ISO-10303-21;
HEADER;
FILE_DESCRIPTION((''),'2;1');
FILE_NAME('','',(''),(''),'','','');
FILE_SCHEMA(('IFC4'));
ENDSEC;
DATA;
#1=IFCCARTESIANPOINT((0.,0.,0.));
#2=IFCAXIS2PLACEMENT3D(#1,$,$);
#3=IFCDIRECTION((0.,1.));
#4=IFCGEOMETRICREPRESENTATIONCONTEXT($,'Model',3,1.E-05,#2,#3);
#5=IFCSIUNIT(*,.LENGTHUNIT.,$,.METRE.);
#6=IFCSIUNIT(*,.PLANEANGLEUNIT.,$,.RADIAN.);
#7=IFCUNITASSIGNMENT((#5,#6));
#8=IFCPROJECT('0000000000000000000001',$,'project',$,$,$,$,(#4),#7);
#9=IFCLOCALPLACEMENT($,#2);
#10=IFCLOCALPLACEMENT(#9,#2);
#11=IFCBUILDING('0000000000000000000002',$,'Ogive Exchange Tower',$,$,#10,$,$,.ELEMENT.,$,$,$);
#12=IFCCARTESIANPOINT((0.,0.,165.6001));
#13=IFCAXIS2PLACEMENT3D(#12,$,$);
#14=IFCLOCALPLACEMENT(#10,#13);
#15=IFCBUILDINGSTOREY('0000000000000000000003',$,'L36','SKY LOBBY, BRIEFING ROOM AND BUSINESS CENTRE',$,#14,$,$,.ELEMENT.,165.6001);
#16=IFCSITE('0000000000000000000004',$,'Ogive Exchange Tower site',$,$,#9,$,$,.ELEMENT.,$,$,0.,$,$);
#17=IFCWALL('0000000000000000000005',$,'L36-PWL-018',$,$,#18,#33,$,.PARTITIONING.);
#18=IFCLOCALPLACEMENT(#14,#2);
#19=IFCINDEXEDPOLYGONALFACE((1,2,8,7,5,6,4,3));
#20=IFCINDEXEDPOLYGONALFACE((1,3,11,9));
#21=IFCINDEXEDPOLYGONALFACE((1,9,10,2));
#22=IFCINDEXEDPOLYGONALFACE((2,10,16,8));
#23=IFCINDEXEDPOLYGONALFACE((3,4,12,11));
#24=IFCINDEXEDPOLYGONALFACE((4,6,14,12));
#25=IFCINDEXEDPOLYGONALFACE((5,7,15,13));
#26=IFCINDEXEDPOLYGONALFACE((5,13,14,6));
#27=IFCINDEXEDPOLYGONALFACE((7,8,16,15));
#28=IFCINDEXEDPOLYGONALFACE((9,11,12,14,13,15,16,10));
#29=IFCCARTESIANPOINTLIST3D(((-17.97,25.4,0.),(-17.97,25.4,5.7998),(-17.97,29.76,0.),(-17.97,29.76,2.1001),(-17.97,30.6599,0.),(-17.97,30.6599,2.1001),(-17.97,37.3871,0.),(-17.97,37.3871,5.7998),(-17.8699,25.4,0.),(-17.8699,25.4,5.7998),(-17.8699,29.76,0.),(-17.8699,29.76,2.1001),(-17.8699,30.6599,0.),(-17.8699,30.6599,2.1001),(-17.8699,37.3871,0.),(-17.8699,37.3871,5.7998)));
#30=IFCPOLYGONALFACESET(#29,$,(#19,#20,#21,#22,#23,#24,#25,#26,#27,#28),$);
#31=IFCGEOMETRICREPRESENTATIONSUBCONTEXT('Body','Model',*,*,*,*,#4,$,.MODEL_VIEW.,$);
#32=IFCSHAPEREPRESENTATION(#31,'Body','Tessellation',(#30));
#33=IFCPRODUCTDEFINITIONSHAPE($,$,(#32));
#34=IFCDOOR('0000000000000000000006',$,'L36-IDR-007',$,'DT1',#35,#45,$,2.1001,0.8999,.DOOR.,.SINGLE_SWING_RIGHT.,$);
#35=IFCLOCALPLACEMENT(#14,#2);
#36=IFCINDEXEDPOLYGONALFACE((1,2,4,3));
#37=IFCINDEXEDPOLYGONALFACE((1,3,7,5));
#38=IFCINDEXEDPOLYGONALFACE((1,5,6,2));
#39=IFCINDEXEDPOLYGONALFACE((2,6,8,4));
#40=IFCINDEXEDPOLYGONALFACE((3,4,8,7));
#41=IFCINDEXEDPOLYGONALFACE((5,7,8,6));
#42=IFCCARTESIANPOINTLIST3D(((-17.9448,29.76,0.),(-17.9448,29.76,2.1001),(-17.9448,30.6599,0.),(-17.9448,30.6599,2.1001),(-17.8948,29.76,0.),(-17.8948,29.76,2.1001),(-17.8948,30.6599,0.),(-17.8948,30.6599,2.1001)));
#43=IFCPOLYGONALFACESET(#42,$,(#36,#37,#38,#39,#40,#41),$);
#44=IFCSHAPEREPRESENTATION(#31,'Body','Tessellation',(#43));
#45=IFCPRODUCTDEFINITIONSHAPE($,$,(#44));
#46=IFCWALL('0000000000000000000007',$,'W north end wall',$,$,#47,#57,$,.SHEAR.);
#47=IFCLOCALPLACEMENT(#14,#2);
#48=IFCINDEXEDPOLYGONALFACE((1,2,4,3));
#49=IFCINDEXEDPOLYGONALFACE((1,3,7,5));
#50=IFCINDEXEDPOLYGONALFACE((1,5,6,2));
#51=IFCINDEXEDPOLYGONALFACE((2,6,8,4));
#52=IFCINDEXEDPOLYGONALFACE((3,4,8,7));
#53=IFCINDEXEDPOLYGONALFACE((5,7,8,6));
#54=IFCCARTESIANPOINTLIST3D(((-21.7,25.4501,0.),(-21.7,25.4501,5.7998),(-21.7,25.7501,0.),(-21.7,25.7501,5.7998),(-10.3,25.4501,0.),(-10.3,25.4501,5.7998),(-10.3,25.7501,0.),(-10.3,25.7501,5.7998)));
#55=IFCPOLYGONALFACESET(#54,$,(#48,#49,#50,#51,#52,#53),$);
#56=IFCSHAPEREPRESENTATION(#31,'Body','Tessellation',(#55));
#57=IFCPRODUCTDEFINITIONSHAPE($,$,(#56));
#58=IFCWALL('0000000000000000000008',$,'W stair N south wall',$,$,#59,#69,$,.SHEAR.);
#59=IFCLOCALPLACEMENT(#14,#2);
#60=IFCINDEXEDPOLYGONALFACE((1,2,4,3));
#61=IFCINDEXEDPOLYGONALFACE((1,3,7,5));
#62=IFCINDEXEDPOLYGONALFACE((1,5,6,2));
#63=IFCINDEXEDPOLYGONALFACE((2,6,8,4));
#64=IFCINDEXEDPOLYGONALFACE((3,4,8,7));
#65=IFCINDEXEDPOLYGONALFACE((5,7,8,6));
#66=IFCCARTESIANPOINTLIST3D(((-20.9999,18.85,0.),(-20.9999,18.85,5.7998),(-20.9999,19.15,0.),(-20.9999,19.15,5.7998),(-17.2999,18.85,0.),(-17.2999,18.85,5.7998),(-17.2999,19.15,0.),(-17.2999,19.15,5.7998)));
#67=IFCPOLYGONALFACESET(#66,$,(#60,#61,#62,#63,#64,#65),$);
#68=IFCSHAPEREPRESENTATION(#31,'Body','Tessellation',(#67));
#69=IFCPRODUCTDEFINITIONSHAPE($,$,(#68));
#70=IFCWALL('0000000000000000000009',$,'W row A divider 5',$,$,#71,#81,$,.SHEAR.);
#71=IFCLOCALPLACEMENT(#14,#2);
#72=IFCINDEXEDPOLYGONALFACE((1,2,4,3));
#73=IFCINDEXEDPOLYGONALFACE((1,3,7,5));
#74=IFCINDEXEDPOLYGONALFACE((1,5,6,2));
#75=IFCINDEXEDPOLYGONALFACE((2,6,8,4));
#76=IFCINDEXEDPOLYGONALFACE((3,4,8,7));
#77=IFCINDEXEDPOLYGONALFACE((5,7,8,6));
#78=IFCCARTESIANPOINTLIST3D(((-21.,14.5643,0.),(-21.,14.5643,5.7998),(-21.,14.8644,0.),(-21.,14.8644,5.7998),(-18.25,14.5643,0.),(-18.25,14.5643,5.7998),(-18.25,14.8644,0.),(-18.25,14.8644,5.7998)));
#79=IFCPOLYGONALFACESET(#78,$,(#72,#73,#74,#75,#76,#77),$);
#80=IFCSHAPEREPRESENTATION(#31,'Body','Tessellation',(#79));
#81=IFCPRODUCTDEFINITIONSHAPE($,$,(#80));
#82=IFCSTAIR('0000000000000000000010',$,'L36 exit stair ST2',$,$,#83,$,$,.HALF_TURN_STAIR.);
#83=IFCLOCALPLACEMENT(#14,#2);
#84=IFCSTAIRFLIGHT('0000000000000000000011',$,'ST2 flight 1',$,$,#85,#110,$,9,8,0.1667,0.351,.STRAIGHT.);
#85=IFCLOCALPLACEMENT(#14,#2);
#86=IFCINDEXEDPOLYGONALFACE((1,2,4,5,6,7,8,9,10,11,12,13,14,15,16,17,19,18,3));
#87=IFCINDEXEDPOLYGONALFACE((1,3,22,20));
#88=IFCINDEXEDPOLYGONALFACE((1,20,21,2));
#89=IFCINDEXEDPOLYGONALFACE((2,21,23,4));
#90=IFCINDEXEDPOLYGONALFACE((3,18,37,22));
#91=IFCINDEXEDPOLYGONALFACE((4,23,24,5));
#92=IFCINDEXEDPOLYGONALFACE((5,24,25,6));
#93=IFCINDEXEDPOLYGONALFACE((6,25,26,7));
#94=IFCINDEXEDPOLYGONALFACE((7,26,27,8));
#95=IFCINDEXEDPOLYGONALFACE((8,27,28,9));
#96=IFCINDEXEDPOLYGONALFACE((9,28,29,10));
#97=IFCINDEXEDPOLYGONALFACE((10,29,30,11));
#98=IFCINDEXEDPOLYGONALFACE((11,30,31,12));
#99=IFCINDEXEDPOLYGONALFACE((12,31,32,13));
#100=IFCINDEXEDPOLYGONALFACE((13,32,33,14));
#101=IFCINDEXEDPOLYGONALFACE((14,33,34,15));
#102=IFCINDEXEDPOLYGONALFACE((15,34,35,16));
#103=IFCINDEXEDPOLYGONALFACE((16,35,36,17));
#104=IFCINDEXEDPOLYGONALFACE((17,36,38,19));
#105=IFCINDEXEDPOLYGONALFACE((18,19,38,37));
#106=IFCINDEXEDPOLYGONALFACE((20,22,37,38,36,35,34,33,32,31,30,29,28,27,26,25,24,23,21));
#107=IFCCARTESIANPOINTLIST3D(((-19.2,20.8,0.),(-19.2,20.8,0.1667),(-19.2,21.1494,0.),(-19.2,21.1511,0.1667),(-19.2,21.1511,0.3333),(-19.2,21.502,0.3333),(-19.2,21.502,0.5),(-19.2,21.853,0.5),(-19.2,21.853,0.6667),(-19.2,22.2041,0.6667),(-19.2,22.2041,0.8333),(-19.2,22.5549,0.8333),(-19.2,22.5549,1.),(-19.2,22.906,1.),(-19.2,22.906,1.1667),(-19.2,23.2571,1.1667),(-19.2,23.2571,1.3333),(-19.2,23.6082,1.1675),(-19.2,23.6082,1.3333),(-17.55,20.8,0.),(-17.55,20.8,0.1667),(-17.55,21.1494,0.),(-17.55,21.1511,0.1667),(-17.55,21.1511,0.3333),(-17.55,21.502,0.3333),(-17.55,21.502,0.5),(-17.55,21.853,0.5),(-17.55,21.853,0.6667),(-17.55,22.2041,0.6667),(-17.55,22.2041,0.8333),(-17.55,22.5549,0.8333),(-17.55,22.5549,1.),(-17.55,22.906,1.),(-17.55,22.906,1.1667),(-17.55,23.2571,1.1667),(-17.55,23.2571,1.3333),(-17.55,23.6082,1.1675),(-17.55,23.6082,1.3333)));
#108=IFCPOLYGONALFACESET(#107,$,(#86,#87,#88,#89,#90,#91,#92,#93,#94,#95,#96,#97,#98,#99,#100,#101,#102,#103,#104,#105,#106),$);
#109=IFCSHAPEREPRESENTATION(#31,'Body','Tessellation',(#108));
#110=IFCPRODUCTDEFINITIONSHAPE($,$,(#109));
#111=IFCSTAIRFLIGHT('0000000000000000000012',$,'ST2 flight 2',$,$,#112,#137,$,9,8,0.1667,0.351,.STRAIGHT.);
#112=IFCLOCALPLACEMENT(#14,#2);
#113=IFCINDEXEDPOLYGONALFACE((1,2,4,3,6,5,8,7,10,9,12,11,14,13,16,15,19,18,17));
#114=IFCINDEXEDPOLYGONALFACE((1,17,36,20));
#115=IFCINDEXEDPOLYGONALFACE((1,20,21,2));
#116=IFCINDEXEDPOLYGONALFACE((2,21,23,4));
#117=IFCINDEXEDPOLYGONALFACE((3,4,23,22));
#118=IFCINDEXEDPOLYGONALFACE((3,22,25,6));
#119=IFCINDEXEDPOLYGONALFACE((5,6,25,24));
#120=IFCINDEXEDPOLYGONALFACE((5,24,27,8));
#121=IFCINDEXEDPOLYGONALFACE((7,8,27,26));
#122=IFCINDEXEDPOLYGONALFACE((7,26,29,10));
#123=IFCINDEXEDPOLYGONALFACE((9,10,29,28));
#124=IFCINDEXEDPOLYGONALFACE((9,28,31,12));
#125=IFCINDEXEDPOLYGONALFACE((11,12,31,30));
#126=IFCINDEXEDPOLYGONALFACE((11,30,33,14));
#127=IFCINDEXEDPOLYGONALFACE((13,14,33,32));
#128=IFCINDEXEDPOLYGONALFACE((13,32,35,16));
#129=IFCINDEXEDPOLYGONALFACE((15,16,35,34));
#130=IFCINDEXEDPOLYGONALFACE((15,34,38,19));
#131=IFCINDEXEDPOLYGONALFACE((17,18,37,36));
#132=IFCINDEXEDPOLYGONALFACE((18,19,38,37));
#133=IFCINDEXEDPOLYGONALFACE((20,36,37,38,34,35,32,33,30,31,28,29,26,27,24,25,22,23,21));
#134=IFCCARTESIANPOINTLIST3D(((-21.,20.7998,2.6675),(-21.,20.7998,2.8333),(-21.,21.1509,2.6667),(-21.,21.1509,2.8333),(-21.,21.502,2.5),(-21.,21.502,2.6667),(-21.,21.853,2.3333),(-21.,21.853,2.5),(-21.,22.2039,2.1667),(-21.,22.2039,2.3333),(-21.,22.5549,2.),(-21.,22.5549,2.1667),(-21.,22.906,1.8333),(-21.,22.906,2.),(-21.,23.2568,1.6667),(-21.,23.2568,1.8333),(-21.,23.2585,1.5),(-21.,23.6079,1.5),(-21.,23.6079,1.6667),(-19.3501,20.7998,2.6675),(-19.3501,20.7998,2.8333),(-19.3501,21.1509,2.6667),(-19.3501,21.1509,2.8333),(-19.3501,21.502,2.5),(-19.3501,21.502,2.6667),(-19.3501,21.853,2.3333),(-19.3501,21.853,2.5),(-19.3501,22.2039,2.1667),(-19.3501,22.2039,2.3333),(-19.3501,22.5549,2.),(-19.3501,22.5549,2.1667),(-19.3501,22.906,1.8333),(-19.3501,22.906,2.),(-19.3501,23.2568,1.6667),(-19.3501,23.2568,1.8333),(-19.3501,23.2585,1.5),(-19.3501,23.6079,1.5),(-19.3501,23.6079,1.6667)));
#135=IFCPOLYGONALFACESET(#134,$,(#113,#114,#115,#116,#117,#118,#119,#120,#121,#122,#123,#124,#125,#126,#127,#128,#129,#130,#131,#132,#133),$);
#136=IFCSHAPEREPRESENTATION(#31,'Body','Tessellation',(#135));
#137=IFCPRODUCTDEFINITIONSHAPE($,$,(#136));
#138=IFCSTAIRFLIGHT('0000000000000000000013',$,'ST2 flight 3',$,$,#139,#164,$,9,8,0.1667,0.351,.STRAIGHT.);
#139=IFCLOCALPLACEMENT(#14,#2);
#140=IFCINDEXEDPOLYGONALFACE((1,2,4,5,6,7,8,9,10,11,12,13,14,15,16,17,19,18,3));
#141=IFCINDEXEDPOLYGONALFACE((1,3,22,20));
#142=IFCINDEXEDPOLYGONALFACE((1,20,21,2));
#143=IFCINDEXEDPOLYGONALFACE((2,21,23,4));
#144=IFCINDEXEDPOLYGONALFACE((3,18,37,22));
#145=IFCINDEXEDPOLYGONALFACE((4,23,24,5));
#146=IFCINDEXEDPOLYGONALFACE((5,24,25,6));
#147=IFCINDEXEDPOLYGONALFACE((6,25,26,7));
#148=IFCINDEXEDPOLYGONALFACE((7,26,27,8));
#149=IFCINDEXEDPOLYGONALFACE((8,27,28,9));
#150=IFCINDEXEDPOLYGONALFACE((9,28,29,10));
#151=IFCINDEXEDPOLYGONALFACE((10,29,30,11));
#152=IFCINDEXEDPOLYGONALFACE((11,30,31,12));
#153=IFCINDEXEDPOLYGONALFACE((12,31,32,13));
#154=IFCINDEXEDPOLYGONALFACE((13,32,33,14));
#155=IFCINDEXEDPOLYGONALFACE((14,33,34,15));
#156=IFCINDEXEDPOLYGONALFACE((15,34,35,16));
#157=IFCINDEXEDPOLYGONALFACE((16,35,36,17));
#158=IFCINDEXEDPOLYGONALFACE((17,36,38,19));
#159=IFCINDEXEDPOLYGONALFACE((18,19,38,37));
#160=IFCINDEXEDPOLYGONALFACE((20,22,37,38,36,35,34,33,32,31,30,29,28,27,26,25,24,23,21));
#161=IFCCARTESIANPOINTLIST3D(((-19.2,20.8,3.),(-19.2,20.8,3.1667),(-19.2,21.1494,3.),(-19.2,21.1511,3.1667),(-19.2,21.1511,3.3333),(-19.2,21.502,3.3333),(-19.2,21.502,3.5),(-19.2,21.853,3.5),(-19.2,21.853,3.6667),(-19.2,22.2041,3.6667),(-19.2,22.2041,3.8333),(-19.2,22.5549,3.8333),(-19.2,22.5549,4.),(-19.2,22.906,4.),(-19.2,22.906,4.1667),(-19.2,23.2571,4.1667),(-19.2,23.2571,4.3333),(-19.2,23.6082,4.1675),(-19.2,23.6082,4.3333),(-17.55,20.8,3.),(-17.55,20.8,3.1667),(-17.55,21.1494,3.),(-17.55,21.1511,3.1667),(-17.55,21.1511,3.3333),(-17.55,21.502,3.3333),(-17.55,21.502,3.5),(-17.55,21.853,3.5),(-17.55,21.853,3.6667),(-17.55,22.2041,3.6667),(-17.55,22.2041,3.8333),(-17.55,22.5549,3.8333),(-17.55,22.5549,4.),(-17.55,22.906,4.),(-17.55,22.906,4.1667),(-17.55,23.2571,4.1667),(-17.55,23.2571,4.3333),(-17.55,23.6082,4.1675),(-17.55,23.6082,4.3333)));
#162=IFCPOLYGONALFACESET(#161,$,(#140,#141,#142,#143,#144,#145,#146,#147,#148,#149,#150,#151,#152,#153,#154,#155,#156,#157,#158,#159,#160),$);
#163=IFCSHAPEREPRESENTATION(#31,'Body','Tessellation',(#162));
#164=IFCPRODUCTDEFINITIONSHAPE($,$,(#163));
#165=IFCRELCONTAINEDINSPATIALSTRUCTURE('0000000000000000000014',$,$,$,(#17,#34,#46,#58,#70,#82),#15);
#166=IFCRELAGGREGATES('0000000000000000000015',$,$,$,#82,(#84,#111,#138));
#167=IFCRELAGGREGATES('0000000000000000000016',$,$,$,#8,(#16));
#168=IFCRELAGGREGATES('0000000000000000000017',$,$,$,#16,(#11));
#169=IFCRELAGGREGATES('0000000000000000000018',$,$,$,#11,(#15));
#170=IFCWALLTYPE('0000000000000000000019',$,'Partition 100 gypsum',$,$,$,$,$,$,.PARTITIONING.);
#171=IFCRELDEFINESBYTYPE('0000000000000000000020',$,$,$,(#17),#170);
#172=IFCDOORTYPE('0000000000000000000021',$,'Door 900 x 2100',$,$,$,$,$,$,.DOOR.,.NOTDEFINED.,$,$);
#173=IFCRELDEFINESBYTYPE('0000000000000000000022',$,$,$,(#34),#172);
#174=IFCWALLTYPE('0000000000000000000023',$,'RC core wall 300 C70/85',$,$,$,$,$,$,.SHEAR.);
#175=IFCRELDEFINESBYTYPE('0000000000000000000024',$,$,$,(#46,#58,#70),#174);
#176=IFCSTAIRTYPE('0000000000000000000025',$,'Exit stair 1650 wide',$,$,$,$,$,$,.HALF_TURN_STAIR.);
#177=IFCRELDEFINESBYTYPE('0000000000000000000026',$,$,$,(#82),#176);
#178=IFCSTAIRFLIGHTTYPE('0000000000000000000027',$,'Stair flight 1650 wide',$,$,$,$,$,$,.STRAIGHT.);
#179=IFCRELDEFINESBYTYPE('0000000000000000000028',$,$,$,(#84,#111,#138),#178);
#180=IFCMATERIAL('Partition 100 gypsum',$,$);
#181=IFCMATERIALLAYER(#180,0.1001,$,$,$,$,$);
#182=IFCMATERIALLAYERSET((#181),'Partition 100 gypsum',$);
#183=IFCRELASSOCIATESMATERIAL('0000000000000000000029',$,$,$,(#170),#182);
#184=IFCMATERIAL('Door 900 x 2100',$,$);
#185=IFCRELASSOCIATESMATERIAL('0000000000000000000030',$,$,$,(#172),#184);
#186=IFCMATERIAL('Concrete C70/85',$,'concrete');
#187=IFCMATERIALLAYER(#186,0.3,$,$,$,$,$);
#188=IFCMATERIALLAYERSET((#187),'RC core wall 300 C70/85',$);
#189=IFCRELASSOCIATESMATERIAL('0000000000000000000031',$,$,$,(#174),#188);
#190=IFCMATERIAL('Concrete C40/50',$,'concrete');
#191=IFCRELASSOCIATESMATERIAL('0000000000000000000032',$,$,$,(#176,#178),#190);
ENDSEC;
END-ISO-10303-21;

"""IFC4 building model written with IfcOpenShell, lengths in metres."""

from ifc_helpers import new_model, si_unit, direction, frame, frame_2d, origin, place, context, subcontext, project, spatial, polyline, rectangle, outline, extrude, material, layer, layer_set, type_object, element, fill, aggregate, save


model = new_model("IFC4")

# Units and contexts
model_context = context("Model", 3, precision=1e-05, world=origin(), true_north=direction((0.0, 1.0)))
body_context = subcontext(model_context, "Body", "Model", "MODEL_VIEW")
ifc_project = project(units=[si_unit("LENGTHUNIT", "METRE"), si_unit("PLANEANGLEUNIT", "RADIAN")], contexts=[model_context])

# Site, building, storey
site_placement = place(None, origin())
site = spatial("IfcSite", under=ifc_project, at=site_placement, Name="Ogive Exchange Tower site", CompositionType="ELEMENT", RefElevation=0.0)
building_placement = place(site_placement, origin())
building = spatial("IfcBuilding", under=site, at=building_placement, Name="Ogive Exchange Tower", CompositionType="ELEMENT")
storey_placement = place(building_placement, frame((0.0, 0.0, 165.6001)))
storey = spatial("IfcBuildingStorey", under=building, at=storey_placement, Name="L36", Description="SKY LOBBY, BRIEFING ROOM AND BUSINESS CENTRE", CompositionType="ELEMENT", Elevation=165.6001)

# Wall, opening, door
ifc_material_1 = material(Name="Partition 100 gypsum")
ifc_layer_1 = layer(ifc_material_1, 0.1001)
ifc_layer_set_1 = layer_set([ifc_layer_1], Name="Partition 100 gypsum")
wall_type_1 = type_object("IfcWallType", Name="Partition 100 gypsum", PredefinedType="PARTITIONING", material=ifc_layer_set_1)
wall_1_placement = place(storey_placement, frame((-17.9199, 25.3999, 0.0), z_axis=(0.0, 0.0, 1.0), x_axis=(0.0, 1.0, 0.0)))
wall_1 = element("IfcWall", 1, at=wall_1_placement, inside=storey, type_object=wall_type_1, Name="L36-PWL-018", PredefinedType="PARTITIONING", context=body_context, shape_type="SweptSolid", body=[
    extrude(rectangle(XDim=11.9871, YDim=0.1001, at=frame_2d((5.9937, 0.0))), origin(), (0.0, 0.0, 1.0), 5.7998),
])
opening_1_placement = place(wall_1_placement, frame((4.3601, 0.0, 0.0)))
opening_1 = element("IfcOpeningElement", 2, at=opening_1_placement, cuts=wall_1, PredefinedType="OPENING", context=body_context, shape_type="SweptSolid", body=[
    extrude(rectangle(XDim=0.8999, YDim=2.1001, at=frame_2d((0.45, 1.05))), frame((0.0, 0.0601, 0.0), z_axis=(0.0, -1.0, 0.0), x_axis=(1.0, 0.0, 0.0)), (0.0, 0.0, 1.0), 0.1201),
])
ifc_material_2 = material(Name="Door 900 x 2100")
door_type_1 = type_object("IfcDoorType", Name="Door 900 x 2100", OperationType="NOTDEFINED", PredefinedType="DOOR", material=ifc_material_2)
door_1_placement = place(opening_1_placement, origin())
door_1 = element("IfcDoor", 3, at=door_1_placement, inside=storey, type_object=door_type_1, Name="L36-IDR-007", ObjectType="DT1", OperationType="SINGLE_SWING_RIGHT", OverallHeight=2.1001, OverallWidth=0.8999, PredefinedType="DOOR", context=body_context, shape_type="SweptSolid", body=[
    extrude(rectangle(XDim=0.8999, YDim=2.1001, at=frame_2d((0.45, 1.05))), frame((0.0, 0.0249, 0.0), z_axis=(0.0, -1.0, 0.0), x_axis=(1.0, 0.0, 0.0)), (0.0, 0.0, 1.0), 0.05),
])
fill(opening_1, door_1)

# Walls
ifc_material_3 = material(Name="Concrete C70/85", Category="concrete")
ifc_layer_2 = layer(ifc_material_3, 0.3)
ifc_layer_set_2 = layer_set([ifc_layer_2], Name="RC core wall 300 C70/85")
wall_type_2 = type_object("IfcWallType", Name="RC core wall 300 C70/85", PredefinedType="SHEAR", material=ifc_layer_set_2)
wall_2_placement = place(storey_placement, frame((-21.7, 25.6001, 0.0), z_axis=(0.0, 0.0, 1.0), x_axis=(1.0, 0.0, 0.0)))
element("IfcWall", 4, at=wall_2_placement, inside=storey, type_object=wall_type_2, Name="W north end wall", PredefinedType="SHEAR", context=body_context, shape_type="SweptSolid", body=[
    extrude(rectangle(XDim=11.3999, YDim=0.3, at=frame_2d((5.7, 0.0))), origin(), (0.0, 0.0, 1.0), 5.7998),
])
wall_3_placement = place(storey_placement, frame((-21.0, 19.0, 0.0), z_axis=(0.0, 0.0, 1.0), x_axis=(1.0, 0.0, 0.0)))
element("IfcWall", 5, at=wall_3_placement, inside=storey, type_object=wall_type_2, Name="W stair N south wall", PredefinedType="SHEAR", context=body_context, shape_type="SweptSolid", body=[
    extrude(rectangle(XDim=3.7, YDim=0.3, at=frame_2d((1.8501, 0.0))), origin(), (0.0, 0.0, 1.0), 5.7998),
])
wall_4_placement = place(storey_placement, frame((-21.0, 14.7144, 0.0), z_axis=(0.0, 0.0, 1.0), x_axis=(1.0, 0.0, 0.0)))
element("IfcWall", 6, at=wall_4_placement, inside=storey, type_object=wall_type_2, Name="W row A divider 5", PredefinedType="SHEAR", context=body_context, shape_type="SweptSolid", body=[
    extrude(rectangle(XDim=2.75, YDim=0.3, at=frame_2d((1.375, 0.0))), origin(), (0.0, 0.0, 1.0), 5.7998),
])

# Stair, stair flights
ifc_material_4 = material(Name="Concrete C40/50", Category="concrete")
stair_type = type_object("IfcStairType", Name="Exit stair 1650 wide", PredefinedType="HALF_TURN_STAIR", material=ifc_material_4)
stair_placement = place(storey_placement, origin())
stair = element("IfcStair", 7, at=stair_placement, inside=storey, type_object=stair_type, Name="L36 exit stair ST2", PredefinedType="HALF_TURN_STAIR")
stair_flight_type = type_object("IfcStairFlightType", Name="Stair flight 1650 wide", PredefinedType="STRAIGHT", material=ifc_material_4)
stair_flight_1_placement = place(storey_placement, frame((-18.375, 20.8, 0.0), z_axis=(0.0, 0.0, 1.0), x_axis=(0.0, 1.0, 0.0)))
stair_flight_1 = element("IfcStairFlight", 8, at=stair_flight_1_placement, type_object=stair_flight_type, Name="ST2 flight 1", NumberOfRisers=9, NumberOfTreads=8, PredefinedType="STRAIGHT", RiserHeight=0.1667, TreadLength=0.351, context=body_context, shape_type="SweptSolid", body=[
    extrude(outline(polyline([(0.0, 0.0), (0.0, 0.1667), (0.3511, 0.1667), (0.3511, 0.3333), (0.7019, 0.3333), (0.7019, 0.5), (1.053, 0.5), (1.053, 0.6667), (1.4041, 0.6667), (1.4041, 0.8333), (1.7549, 0.8333), (1.7549, 1.0), (2.106, 1.0), (2.106, 1.1667), (2.457, 1.1667), (2.457, 1.3333), (2.8081, 1.3333), (2.8081, 1.5), (2.8081, 1.1675), (0.3494, 0.0), (0.0, 0.0)])), frame((0.0, 0.825, 0.0), z_axis=(0.0, -1.0, 0.0), x_axis=(1.0, 0.0, 0.0)), (0.0, 0.0, 1.0), 1.6499),
])
stair_flight_2_placement = place(storey_placement, frame((-20.175, 23.6079, 1.5), z_axis=(0.0, 0.0, 1.0), x_axis=(0.0, -1.0, 0.0)))
stair_flight_2 = element("IfcStairFlight", 9, at=stair_flight_2_placement, type_object=stair_flight_type, Name="ST2 flight 2", NumberOfRisers=9, NumberOfTreads=8, PredefinedType="STRAIGHT", RiserHeight=0.1667, TreadLength=0.351, context=body_context, shape_type="SweptSolid", body=[
    extrude(outline(polyline([(0.0, 0.0), (0.0, 0.1667), (0.3511, 0.1667), (0.3511, 0.3333), (0.7019, 0.3333), (0.7019, 0.5), (1.053, 0.5), (1.053, 0.6667), (1.4041, 0.6667), (1.4041, 0.8333), (1.7549, 0.8333), (1.7549, 1.0), (2.106, 1.0), (2.106, 1.1667), (2.457, 1.1667), (2.457, 1.3333), (2.8081, 1.3333), (2.8081, 1.5), (2.8081, 1.1675), (0.3494, 0.0), (0.0, 0.0)])), frame((0.0, 0.825, 0.0), z_axis=(0.0, -1.0, 0.0), x_axis=(1.0, 0.0, 0.0)), (0.0, 0.0, 1.0), 1.6499),
])
stair_flight_3_placement = place(storey_placement, frame((-18.375, 20.8, 3.0), z_axis=(0.0, 0.0, 1.0), x_axis=(0.0, 1.0, 0.0)))
stair_flight_3 = element("IfcStairFlight", 10, at=stair_flight_3_placement, type_object=stair_flight_type, Name="ST2 flight 3", NumberOfRisers=9, NumberOfTreads=8, PredefinedType="STRAIGHT", RiserHeight=0.1667, TreadLength=0.351, context=body_context, shape_type="SweptSolid", body=[
    extrude(outline(polyline([(0.0, 0.0), (0.0, 0.1667), (0.3511, 0.1667), (0.3511, 0.3333), (0.7019, 0.3333), (0.7019, 0.5), (1.053, 0.5), (1.053, 0.6667), (1.4041, 0.6667), (1.4041, 0.8333), (1.7549, 0.8333), (1.7549, 1.0), (2.106, 1.0), (2.106, 1.1667), (2.457, 1.1667), (2.457, 1.3333), (2.8081, 1.3333), (2.8081, 1.5), (2.8081, 1.1675), (0.3494, 0.0), (0.0, 0.0)])), frame((0.0, 0.825, 0.0), z_axis=(0.0, -1.0, 0.0), x_axis=(1.0, 0.0, 0.0)), (0.0, 0.0, 1.0), 1.6499),
])
aggregate(stair, [stair_flight_1, stair_flight_2, stair_flight_3])

save(model, "model.ifc")
